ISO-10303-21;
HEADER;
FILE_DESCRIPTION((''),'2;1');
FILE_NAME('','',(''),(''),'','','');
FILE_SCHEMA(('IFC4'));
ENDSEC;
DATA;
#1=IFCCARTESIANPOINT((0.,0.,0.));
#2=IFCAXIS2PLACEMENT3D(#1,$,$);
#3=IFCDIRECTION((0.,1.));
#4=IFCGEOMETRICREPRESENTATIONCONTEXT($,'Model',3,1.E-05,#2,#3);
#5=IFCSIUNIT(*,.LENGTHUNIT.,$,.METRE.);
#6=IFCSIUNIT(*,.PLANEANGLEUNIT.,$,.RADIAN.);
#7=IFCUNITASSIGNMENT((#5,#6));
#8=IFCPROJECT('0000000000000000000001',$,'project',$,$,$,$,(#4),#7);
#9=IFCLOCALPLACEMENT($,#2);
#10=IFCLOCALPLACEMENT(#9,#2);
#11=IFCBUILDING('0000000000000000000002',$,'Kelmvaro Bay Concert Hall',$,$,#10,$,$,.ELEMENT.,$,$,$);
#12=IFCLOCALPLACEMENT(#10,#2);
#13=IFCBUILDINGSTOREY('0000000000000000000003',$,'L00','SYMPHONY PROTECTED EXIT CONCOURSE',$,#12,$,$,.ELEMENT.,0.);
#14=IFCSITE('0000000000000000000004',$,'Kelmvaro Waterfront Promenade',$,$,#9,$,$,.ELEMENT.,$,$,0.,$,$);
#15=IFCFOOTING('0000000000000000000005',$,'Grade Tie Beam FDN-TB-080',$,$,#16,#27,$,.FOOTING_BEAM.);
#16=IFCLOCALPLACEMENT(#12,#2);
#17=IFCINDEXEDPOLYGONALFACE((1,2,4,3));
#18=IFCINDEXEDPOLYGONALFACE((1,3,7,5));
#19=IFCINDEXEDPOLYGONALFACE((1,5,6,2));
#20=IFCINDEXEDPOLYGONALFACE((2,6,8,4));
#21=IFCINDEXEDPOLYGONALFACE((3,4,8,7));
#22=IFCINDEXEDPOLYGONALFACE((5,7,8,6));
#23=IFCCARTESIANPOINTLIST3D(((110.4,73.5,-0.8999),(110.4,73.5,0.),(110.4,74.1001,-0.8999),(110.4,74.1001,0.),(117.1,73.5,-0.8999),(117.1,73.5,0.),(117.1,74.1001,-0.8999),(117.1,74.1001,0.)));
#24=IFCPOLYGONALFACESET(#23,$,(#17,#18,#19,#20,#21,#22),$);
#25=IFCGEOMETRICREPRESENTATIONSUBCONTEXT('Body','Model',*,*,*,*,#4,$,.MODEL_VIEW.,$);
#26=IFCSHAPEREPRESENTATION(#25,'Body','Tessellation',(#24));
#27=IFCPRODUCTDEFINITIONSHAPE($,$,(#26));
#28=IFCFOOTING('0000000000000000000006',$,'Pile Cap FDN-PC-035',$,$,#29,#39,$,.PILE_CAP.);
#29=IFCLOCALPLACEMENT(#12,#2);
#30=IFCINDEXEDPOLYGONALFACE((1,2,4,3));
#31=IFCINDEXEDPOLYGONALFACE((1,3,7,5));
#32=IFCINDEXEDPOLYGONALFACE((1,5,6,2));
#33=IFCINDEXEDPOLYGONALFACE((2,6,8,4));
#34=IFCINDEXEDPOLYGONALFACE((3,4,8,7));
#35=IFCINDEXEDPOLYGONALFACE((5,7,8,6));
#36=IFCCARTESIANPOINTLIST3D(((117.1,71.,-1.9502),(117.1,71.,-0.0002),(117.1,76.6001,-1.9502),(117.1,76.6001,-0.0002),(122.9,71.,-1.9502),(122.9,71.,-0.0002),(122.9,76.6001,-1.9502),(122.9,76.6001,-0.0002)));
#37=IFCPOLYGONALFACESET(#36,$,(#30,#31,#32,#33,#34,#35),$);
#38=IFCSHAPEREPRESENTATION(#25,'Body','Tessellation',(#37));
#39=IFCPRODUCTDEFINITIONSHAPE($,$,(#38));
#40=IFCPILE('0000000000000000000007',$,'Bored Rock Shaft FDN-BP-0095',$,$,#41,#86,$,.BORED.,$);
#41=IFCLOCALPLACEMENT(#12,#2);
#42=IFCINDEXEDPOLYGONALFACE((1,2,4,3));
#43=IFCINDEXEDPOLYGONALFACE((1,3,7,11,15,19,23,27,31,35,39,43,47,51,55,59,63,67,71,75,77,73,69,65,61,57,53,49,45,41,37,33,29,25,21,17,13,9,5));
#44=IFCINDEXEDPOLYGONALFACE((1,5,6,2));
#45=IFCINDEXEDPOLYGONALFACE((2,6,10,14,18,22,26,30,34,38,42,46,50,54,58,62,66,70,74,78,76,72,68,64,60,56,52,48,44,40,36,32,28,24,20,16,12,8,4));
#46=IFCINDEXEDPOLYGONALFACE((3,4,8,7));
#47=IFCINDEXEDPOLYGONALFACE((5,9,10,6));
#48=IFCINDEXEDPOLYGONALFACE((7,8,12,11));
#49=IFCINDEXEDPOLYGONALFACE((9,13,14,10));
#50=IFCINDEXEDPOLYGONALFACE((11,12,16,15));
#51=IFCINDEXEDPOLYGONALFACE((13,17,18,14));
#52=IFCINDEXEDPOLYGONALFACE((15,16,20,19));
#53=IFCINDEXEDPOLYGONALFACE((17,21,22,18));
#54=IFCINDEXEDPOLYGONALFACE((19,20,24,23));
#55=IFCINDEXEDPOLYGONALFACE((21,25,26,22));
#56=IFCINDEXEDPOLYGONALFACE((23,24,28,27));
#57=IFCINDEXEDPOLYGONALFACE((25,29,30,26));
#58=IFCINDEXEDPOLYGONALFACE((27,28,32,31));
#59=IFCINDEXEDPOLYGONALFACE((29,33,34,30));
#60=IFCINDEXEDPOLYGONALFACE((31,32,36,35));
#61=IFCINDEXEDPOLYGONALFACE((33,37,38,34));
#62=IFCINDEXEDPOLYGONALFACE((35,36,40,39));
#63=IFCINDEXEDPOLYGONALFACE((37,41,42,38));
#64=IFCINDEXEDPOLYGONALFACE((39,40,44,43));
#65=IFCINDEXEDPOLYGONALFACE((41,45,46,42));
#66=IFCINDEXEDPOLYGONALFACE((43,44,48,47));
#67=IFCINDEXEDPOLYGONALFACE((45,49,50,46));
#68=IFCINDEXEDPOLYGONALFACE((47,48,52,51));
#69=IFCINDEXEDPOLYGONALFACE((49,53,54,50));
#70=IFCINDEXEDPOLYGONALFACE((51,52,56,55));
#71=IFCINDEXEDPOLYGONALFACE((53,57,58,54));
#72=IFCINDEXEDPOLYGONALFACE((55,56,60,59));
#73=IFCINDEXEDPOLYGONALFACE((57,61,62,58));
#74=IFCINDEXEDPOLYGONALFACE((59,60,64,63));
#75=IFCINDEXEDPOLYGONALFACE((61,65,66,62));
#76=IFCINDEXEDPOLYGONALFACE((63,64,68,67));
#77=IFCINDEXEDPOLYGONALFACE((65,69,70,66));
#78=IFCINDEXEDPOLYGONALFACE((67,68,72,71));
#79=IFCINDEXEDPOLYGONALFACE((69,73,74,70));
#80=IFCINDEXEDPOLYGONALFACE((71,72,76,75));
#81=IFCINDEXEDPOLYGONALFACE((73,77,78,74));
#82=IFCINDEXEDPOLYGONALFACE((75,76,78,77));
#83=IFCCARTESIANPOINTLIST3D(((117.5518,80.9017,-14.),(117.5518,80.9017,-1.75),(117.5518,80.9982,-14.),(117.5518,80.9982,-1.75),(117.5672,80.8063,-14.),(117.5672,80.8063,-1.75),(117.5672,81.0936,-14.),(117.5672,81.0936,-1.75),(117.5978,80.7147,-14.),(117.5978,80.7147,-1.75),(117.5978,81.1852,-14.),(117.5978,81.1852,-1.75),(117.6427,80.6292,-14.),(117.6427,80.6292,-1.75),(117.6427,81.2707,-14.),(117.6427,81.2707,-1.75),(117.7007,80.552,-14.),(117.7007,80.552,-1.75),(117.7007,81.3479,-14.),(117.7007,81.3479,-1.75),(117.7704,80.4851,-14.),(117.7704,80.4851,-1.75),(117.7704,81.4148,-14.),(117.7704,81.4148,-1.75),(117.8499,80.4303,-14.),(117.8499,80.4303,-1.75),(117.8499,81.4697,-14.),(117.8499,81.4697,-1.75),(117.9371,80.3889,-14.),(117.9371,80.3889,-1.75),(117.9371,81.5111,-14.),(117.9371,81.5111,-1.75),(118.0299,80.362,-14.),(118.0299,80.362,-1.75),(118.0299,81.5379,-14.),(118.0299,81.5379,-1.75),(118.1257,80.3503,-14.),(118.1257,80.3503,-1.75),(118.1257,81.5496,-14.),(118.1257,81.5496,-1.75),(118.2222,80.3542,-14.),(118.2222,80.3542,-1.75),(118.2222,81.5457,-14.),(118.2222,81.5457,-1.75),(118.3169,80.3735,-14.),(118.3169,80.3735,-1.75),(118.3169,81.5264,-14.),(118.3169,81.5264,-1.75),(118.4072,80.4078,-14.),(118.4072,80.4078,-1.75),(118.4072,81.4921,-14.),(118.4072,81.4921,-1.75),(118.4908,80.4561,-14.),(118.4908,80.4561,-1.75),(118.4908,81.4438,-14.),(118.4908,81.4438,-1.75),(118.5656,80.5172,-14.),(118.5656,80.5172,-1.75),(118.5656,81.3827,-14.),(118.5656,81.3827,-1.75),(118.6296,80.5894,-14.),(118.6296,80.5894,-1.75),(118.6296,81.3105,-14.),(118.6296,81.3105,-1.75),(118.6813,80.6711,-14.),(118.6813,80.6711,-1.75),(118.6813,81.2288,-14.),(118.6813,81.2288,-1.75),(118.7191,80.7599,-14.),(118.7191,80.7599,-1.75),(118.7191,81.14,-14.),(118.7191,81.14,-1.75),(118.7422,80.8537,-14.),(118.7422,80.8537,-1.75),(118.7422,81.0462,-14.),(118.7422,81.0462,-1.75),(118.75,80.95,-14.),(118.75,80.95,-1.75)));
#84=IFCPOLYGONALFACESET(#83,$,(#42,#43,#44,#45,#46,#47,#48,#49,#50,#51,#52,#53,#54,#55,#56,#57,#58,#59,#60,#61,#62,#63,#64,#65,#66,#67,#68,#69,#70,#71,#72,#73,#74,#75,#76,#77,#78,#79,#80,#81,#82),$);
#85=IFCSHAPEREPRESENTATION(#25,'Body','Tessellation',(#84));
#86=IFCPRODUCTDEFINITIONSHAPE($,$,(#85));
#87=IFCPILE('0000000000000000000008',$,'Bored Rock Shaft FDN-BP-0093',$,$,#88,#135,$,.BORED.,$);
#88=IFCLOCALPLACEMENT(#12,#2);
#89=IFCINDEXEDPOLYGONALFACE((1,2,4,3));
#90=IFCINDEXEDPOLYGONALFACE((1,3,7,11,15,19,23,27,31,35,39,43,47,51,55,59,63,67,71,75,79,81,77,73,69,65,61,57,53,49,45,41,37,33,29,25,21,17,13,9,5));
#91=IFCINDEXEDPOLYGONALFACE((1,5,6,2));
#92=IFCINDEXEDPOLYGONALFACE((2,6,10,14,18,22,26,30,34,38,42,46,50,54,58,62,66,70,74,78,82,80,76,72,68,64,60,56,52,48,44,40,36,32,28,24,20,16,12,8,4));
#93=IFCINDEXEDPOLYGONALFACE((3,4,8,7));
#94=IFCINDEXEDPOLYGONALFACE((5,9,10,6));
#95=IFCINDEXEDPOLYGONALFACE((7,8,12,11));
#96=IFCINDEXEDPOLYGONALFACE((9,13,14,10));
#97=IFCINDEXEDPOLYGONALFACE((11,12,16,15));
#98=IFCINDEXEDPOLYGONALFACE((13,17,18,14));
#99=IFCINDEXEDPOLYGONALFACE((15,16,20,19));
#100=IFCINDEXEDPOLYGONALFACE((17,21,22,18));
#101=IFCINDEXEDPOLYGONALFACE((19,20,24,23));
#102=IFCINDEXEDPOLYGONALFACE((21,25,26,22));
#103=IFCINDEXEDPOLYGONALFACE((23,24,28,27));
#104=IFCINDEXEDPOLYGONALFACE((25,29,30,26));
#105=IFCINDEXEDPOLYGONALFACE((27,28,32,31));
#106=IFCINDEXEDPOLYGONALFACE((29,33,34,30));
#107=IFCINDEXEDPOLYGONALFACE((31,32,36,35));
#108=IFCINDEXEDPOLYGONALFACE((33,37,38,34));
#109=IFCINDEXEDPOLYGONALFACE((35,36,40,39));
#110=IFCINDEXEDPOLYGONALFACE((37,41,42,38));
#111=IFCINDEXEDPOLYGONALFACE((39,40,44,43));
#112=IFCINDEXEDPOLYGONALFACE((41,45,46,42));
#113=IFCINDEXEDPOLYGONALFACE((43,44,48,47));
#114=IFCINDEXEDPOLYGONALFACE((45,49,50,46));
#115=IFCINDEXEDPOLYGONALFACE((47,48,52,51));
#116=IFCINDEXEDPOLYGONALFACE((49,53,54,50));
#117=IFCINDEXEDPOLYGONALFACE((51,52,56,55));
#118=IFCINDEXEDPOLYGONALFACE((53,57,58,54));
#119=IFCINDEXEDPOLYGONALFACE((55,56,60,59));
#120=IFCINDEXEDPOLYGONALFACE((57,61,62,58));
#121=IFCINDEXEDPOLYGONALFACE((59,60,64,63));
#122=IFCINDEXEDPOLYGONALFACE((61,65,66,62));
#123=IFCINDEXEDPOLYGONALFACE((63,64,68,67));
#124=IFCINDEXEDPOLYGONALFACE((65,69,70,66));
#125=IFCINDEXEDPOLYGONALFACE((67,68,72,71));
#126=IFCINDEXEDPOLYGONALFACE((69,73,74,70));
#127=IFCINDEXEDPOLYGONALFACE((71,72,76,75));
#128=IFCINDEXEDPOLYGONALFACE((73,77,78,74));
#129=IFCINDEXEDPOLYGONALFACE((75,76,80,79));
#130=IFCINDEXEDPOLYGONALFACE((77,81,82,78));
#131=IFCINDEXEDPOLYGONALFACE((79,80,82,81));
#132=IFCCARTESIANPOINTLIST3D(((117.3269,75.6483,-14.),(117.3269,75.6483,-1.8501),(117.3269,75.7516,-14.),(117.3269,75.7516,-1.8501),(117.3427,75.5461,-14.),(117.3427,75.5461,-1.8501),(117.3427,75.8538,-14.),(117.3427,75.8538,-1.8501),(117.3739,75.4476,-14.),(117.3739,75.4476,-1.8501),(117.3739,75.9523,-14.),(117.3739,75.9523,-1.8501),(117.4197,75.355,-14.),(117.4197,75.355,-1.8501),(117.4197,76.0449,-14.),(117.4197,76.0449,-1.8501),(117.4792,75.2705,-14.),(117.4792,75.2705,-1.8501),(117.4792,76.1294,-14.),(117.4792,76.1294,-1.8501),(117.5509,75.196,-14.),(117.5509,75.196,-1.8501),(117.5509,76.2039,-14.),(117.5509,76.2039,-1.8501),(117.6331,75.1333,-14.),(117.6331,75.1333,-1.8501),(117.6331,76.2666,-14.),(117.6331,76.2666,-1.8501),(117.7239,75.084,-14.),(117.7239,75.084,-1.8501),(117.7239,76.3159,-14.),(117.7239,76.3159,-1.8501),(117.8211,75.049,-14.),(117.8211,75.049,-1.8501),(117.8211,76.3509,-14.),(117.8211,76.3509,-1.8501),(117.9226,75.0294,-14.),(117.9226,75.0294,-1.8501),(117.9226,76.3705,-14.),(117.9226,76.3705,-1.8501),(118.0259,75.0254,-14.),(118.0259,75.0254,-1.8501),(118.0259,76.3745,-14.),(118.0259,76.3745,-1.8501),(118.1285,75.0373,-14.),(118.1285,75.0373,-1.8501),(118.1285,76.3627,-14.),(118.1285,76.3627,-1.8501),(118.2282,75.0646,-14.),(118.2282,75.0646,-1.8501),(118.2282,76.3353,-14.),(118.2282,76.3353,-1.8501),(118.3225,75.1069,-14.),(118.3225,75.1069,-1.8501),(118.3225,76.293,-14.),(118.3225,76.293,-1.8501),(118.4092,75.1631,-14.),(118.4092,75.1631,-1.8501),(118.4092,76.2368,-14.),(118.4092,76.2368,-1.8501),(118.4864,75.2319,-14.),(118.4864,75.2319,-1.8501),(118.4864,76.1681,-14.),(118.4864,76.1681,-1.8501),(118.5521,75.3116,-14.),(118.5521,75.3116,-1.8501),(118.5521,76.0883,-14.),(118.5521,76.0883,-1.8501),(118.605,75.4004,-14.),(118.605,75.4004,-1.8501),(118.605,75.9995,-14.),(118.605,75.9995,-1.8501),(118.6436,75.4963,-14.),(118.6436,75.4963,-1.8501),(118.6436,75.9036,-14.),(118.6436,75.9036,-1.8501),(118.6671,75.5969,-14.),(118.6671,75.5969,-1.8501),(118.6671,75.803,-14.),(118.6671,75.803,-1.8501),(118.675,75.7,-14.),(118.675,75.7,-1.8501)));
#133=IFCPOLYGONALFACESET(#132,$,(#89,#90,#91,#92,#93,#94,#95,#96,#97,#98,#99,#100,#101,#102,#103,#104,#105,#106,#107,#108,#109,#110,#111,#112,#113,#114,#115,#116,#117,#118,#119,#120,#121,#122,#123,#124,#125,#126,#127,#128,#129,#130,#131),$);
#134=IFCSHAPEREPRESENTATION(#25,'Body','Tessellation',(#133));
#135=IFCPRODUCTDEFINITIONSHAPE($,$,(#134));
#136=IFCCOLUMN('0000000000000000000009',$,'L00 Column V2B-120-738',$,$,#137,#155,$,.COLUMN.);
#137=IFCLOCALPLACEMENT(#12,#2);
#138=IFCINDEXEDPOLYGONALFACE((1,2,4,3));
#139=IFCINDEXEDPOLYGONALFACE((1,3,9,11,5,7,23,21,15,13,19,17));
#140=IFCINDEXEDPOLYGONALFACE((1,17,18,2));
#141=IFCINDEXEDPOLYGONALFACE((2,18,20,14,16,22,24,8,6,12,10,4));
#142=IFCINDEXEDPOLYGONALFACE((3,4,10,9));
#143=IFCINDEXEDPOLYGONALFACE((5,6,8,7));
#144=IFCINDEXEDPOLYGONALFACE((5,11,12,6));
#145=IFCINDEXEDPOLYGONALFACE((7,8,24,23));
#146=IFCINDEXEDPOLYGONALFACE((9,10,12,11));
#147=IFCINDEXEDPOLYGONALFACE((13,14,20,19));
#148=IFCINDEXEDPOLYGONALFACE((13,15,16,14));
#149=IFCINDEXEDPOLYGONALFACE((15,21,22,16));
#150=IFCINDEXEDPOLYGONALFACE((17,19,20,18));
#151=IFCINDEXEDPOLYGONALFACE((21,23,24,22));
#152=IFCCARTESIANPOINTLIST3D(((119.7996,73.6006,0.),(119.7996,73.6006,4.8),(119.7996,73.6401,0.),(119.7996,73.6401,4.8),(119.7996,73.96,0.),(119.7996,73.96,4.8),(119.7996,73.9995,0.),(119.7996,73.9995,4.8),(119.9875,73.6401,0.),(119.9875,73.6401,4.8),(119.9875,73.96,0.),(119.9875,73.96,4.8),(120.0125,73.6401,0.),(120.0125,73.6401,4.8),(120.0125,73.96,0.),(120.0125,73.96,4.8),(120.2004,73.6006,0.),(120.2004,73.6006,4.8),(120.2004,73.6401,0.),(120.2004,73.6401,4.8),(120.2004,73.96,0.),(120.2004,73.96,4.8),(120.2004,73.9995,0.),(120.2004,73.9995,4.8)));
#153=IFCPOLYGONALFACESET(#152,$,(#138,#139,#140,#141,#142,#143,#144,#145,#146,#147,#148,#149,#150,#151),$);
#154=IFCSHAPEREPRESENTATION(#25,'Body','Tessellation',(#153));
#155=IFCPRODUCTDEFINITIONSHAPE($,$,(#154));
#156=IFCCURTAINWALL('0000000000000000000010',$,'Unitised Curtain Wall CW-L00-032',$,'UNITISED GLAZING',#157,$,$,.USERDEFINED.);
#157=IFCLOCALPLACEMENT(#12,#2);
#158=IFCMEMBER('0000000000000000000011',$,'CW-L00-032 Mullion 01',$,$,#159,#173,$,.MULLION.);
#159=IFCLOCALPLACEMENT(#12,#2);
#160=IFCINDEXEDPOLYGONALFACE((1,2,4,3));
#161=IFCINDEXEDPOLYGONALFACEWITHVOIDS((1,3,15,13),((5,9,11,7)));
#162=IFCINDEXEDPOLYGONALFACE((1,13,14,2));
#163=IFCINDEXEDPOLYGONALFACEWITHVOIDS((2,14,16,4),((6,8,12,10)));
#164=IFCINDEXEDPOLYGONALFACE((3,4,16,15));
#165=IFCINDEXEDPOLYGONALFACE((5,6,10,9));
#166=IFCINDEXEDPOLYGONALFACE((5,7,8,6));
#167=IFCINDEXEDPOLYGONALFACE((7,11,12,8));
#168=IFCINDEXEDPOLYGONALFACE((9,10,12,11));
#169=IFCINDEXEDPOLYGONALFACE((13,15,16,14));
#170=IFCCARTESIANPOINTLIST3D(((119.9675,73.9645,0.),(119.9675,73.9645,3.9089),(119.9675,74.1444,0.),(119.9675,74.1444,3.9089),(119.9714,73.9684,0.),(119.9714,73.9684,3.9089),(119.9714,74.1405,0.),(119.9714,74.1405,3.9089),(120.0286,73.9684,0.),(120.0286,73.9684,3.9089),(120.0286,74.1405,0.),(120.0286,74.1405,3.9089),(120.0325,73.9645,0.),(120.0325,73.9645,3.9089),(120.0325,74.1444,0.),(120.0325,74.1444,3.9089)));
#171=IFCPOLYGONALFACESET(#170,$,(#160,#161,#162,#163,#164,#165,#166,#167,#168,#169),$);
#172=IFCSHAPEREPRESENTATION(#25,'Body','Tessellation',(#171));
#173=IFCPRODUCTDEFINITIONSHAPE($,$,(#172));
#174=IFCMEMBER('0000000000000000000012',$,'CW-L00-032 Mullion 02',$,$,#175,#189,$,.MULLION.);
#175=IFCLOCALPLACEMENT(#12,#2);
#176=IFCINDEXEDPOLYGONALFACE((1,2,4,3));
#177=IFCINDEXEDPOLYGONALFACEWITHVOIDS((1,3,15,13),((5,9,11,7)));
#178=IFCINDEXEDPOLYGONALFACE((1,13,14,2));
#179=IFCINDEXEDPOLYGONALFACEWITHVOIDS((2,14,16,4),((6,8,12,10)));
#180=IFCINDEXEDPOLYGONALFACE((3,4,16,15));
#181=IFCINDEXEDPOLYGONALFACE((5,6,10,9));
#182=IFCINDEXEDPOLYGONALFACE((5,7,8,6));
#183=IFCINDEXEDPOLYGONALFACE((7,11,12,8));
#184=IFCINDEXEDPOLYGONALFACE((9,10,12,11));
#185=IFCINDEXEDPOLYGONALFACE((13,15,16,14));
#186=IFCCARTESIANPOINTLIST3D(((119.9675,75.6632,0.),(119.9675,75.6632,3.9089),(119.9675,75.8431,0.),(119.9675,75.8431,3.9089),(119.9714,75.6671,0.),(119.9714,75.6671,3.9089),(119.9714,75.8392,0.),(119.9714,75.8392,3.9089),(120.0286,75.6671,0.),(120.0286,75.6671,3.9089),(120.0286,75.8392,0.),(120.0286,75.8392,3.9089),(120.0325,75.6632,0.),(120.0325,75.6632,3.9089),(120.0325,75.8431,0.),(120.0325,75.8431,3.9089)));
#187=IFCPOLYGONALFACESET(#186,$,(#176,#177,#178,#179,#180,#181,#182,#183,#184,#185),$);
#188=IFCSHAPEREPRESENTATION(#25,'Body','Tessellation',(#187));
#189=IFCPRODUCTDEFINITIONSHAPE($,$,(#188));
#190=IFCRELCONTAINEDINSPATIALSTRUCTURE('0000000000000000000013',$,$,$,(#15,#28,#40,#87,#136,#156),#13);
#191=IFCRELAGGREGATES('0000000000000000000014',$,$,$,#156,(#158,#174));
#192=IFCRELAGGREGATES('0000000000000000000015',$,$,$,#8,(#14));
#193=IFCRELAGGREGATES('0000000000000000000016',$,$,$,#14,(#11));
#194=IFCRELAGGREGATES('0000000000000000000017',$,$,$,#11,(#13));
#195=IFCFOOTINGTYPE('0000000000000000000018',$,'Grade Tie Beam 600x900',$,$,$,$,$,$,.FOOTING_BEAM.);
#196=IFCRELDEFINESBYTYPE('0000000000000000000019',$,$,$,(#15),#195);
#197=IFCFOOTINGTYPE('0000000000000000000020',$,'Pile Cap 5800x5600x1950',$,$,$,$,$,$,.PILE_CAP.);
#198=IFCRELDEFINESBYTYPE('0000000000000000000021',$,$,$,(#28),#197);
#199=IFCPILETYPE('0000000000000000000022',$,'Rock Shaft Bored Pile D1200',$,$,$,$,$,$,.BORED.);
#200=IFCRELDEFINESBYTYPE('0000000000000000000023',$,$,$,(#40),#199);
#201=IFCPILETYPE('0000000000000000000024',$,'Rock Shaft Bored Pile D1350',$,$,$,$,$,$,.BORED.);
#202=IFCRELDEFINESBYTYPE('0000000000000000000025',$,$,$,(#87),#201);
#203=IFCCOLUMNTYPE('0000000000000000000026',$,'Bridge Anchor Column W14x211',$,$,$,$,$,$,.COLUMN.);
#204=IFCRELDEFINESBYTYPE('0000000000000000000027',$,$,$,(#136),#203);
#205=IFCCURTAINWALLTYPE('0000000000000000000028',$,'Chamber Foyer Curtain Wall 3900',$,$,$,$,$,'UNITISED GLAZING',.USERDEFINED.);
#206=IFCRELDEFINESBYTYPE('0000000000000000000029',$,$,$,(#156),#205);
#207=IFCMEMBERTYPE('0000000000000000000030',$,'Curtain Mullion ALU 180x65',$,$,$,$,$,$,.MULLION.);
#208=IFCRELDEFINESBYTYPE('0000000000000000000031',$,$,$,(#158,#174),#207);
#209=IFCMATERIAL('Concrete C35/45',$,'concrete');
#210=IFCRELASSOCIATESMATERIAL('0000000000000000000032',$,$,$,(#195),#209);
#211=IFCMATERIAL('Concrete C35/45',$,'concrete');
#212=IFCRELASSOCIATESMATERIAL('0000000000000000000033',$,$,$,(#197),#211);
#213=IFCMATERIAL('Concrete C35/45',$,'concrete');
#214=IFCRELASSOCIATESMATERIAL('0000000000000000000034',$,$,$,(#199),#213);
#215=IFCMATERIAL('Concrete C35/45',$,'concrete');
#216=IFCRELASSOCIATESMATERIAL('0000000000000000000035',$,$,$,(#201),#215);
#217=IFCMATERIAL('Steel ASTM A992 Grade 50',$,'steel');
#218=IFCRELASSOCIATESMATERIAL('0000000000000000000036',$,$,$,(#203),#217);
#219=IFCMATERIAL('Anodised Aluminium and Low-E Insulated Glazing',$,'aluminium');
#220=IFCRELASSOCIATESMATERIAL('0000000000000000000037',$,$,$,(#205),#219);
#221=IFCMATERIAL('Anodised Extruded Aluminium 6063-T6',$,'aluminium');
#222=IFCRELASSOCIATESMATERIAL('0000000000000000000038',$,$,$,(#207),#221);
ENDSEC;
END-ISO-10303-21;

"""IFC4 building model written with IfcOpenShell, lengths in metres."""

from ifc_helpers import new_model, si_unit, direction, frame, origin, origin_2d, place, context, subcontext, project, spatial, rectangle, hollow_rectangle, circle, i_section, extrude, material, material_profile, profile_set, type_object, element, aggregate, save


model = new_model("IFC4")

# Units and contexts
model_context = context("Model", 3, precision=1e-05, world=origin(), true_north=direction((0.0, 1.0)))
body_context = subcontext(model_context, "Body", "Model", "MODEL_VIEW")
ifc_project = project(units=[si_unit("LENGTHUNIT", "METRE"), si_unit("PLANEANGLEUNIT", "RADIAN")], contexts=[model_context])

# Site, building, storey
site_placement = place(None, origin())
site = spatial("IfcSite", under=ifc_project, at=site_placement, Name="Kelmvaro Waterfront Promenade", CompositionType="ELEMENT", RefElevation=0.0)
building_placement = place(site_placement, origin())
building = spatial("IfcBuilding", under=site, at=building_placement, Name="Kelmvaro Bay Concert Hall", CompositionType="ELEMENT")
storey_placement = place(building_placement, origin())
storey = spatial("IfcBuildingStorey", under=building, at=storey_placement, Name="L00", Description="SYMPHONY PROTECTED EXIT CONCOURSE", CompositionType="ELEMENT", Elevation=0.0)

# Footings
ifc_material_1 = material(Name="Concrete C35/45", Category="concrete")
footing_type_1 = type_object("IfcFootingType", Name="Grade Tie Beam 600x900", PredefinedType="FOOTING_BEAM", material=ifc_material_1)
footing_1_placement = place(storey_placement, frame((113.75, 73.8, -0.8999), z_axis=(0.0, 0.0, 1.0), x_axis=(1.0, 0.0, 0.0)))
element("IfcFooting", 1, at=footing_1_placement, inside=storey, type_object=footing_type_1, Name="Grade Tie Beam FDN-TB-080", PredefinedType="FOOTING_BEAM", context=body_context, shape_type="SweptSolid", body=[
    extrude(rectangle(XDim=6.7, YDim=0.6001, at=origin_2d()), origin(), (0.0, 0.0, 1.0), 0.8999),
])
ifc_material_2 = material(Name="Concrete C35/45", Category="concrete")
footing_type_2 = type_object("IfcFootingType", Name="Pile Cap 5800x5600x1950", PredefinedType="PILE_CAP", material=ifc_material_2)
footing_2_placement = place(storey_placement, frame((120.0, 73.8, -1.9502), z_axis=(0.0, 0.0, 1.0), x_axis=(1.0, 0.0, 0.0)))
element("IfcFooting", 2, at=footing_2_placement, inside=storey, type_object=footing_type_2, Name="Pile Cap FDN-PC-035", PredefinedType="PILE_CAP", context=body_context, shape_type="SweptSolid", body=[
    extrude(rectangle(XDim=5.8, YDim=5.6001, at=origin_2d()), origin(), (0.0, 0.0, 1.0), 1.95),
])

# Piles
ifc_material_3 = material(Name="Concrete C35/45", Category="concrete")
ifc_material_profile_1 = material_profile(ifc_material_3, circle(Radius=0.6001, at=origin_2d()), Name="PILE-BORED-1200")
ifc_profile_set_1 = profile_set([ifc_material_profile_1], Name="Concrete C35/45")
pile_type_1 = type_object("IfcPileType", Name="Rock Shaft Bored Pile D1200", PredefinedType="BORED", material=ifc_profile_set_1)
pile_1_placement = place(storey_placement, frame((118.1499, 80.95, -1.75), z_axis=(0.0, 0.0, -1.0), x_axis=(1.0, 0.0, 0.0)))
element("IfcPile", 3, at=pile_1_placement, inside=storey, type_object=pile_type_1, Name="Bored Rock Shaft FDN-BP-0095", PredefinedType="BORED", context=body_context, shape_type="SweptSolid", body=[
    extrude(circle(Radius=0.6001, at=origin_2d()), origin(), (0.0, 0.0, 1.0), 12.25),
])
ifc_material_4 = material(Name="Concrete C35/45", Category="concrete")
ifc_material_profile_2 = material_profile(ifc_material_4, circle(Radius=0.675, at=origin_2d()), Name="PILE-BORED-1350")
ifc_profile_set_2 = profile_set([ifc_material_profile_2], Name="Concrete C35/45")
pile_type_2 = type_object("IfcPileType", Name="Rock Shaft Bored Pile D1350", PredefinedType="BORED", material=ifc_profile_set_2)
pile_2_placement = place(storey_placement, frame((118.0, 75.7, -1.8501), z_axis=(0.0, 0.0, -1.0), x_axis=(1.0, 0.0, 0.0)))
element("IfcPile", 4, at=pile_2_placement, inside=storey, type_object=pile_type_2, Name="Bored Rock Shaft FDN-BP-0093", PredefinedType="BORED", context=body_context, shape_type="SweptSolid", body=[
    extrude(circle(Radius=0.675, at=origin_2d()), origin(), (0.0, 0.0, 1.0), 12.1499),
])

# Column
ifc_material_5 = material(Name="Steel ASTM A992 Grade 50", Category="steel")
ifc_material_profile_3 = material_profile(ifc_material_5, i_section(OverallWidth=0.4009, OverallDepth=0.3989, WebThickness=0.0249, FlangeThickness=0.0396, at=origin_2d()), Name="W14X211")
ifc_profile_set_3 = profile_set([ifc_material_profile_3], Name="Steel ASTM A992 Grade 50")
column_type = type_object("IfcColumnType", Name="Bridge Anchor Column W14x211", PredefinedType="COLUMN", material=ifc_profile_set_3)
column_placement = place(storey_placement, frame((120.0, 73.8, 0.0), z_axis=(0.0, 0.0, 1.0), x_axis=(1.0, 0.0, 0.0)))
element("IfcColumn", 5, at=column_placement, inside=storey, type_object=column_type, Name="L00 Column V2B-120-738", PredefinedType="COLUMN", context=body_context, shape_type="SweptSolid", body=[
    extrude(i_section(OverallWidth=0.4009, OverallDepth=0.3989, WebThickness=0.0249, FlangeThickness=0.0396, at=origin_2d()), origin(), (0.0, 0.0, 1.0), 4.8),
])

# Curtain wall, members
ifc_material_6 = material(Name="Anodised Aluminium and Low-E Insulated Glazing", Category="aluminium")
curtain_wall_type_1 = type_object("IfcCurtainWallType", Name="Chamber Foyer Curtain Wall 3900", ElementType="UNITISED GLAZING", PredefinedType="USERDEFINED", material=ifc_material_6)
curtain_wall_1_placement = place(storey_placement, origin())
curtain_wall_1 = element("IfcCurtainWall", 6, at=curtain_wall_1_placement, inside=storey, type_object=curtain_wall_type_1, Name="Unitised Curtain Wall CW-L00-032", ObjectType="UNITISED GLAZING", PredefinedType="USERDEFINED")
ifc_material_7 = material(Name="Anodised Extruded Aluminium 6063-T6", Category="aluminium")
ifc_material_profile_4 = material_profile(ifc_material_7, hollow_rectangle(XDim=0.0649, YDim=0.1799, WallThickness=0.0039, at=origin_2d()), Name="ALU-MUL-180X65")
ifc_profile_set_4 = profile_set([ifc_material_profile_4], Name="Anodised Extruded Aluminium 6063-T6")
member_type_1 = type_object("IfcMemberType", Name="Curtain Mullion ALU 180x65", PredefinedType="MULLION", material=ifc_profile_set_4)
member_1_placement = place(storey_placement, frame((120.0, 74.0544, 0.0), z_axis=(0.0, 0.0, 1.0), x_axis=(1.0, 0.0, 0.0)))
member_1 = element("IfcMember", 7, at=member_1_placement, type_object=member_type_1, Name="CW-L00-032 Mullion 01", PredefinedType="MULLION", context=body_context, shape_type="SweptSolid", body=[
    extrude(hollow_rectangle(XDim=0.0649, YDim=0.1799, WallThickness=0.0039, at=origin_2d()), origin(), (0.0, 0.0, 1.0), 3.9089),
])
member_2_placement = place(storey_placement, frame((120.0, 75.7532, 0.0), z_axis=(0.0, 0.0, 1.0), x_axis=(1.0, 0.0, 0.0)))
member_2 = element("IfcMember", 8, at=member_2_placement, type_object=member_type_1, Name="CW-L00-032 Mullion 02", PredefinedType="MULLION", context=body_context, shape_type="SweptSolid", body=[
    extrude(hollow_rectangle(XDim=0.0649, YDim=0.1799, WallThickness=0.0039, at=origin_2d()), origin(), (0.0, 0.0, 1.0), 3.9089),
])

aggregate(curtain_wall_1, [member_1, member_2])

save(model, "model.ifc")
